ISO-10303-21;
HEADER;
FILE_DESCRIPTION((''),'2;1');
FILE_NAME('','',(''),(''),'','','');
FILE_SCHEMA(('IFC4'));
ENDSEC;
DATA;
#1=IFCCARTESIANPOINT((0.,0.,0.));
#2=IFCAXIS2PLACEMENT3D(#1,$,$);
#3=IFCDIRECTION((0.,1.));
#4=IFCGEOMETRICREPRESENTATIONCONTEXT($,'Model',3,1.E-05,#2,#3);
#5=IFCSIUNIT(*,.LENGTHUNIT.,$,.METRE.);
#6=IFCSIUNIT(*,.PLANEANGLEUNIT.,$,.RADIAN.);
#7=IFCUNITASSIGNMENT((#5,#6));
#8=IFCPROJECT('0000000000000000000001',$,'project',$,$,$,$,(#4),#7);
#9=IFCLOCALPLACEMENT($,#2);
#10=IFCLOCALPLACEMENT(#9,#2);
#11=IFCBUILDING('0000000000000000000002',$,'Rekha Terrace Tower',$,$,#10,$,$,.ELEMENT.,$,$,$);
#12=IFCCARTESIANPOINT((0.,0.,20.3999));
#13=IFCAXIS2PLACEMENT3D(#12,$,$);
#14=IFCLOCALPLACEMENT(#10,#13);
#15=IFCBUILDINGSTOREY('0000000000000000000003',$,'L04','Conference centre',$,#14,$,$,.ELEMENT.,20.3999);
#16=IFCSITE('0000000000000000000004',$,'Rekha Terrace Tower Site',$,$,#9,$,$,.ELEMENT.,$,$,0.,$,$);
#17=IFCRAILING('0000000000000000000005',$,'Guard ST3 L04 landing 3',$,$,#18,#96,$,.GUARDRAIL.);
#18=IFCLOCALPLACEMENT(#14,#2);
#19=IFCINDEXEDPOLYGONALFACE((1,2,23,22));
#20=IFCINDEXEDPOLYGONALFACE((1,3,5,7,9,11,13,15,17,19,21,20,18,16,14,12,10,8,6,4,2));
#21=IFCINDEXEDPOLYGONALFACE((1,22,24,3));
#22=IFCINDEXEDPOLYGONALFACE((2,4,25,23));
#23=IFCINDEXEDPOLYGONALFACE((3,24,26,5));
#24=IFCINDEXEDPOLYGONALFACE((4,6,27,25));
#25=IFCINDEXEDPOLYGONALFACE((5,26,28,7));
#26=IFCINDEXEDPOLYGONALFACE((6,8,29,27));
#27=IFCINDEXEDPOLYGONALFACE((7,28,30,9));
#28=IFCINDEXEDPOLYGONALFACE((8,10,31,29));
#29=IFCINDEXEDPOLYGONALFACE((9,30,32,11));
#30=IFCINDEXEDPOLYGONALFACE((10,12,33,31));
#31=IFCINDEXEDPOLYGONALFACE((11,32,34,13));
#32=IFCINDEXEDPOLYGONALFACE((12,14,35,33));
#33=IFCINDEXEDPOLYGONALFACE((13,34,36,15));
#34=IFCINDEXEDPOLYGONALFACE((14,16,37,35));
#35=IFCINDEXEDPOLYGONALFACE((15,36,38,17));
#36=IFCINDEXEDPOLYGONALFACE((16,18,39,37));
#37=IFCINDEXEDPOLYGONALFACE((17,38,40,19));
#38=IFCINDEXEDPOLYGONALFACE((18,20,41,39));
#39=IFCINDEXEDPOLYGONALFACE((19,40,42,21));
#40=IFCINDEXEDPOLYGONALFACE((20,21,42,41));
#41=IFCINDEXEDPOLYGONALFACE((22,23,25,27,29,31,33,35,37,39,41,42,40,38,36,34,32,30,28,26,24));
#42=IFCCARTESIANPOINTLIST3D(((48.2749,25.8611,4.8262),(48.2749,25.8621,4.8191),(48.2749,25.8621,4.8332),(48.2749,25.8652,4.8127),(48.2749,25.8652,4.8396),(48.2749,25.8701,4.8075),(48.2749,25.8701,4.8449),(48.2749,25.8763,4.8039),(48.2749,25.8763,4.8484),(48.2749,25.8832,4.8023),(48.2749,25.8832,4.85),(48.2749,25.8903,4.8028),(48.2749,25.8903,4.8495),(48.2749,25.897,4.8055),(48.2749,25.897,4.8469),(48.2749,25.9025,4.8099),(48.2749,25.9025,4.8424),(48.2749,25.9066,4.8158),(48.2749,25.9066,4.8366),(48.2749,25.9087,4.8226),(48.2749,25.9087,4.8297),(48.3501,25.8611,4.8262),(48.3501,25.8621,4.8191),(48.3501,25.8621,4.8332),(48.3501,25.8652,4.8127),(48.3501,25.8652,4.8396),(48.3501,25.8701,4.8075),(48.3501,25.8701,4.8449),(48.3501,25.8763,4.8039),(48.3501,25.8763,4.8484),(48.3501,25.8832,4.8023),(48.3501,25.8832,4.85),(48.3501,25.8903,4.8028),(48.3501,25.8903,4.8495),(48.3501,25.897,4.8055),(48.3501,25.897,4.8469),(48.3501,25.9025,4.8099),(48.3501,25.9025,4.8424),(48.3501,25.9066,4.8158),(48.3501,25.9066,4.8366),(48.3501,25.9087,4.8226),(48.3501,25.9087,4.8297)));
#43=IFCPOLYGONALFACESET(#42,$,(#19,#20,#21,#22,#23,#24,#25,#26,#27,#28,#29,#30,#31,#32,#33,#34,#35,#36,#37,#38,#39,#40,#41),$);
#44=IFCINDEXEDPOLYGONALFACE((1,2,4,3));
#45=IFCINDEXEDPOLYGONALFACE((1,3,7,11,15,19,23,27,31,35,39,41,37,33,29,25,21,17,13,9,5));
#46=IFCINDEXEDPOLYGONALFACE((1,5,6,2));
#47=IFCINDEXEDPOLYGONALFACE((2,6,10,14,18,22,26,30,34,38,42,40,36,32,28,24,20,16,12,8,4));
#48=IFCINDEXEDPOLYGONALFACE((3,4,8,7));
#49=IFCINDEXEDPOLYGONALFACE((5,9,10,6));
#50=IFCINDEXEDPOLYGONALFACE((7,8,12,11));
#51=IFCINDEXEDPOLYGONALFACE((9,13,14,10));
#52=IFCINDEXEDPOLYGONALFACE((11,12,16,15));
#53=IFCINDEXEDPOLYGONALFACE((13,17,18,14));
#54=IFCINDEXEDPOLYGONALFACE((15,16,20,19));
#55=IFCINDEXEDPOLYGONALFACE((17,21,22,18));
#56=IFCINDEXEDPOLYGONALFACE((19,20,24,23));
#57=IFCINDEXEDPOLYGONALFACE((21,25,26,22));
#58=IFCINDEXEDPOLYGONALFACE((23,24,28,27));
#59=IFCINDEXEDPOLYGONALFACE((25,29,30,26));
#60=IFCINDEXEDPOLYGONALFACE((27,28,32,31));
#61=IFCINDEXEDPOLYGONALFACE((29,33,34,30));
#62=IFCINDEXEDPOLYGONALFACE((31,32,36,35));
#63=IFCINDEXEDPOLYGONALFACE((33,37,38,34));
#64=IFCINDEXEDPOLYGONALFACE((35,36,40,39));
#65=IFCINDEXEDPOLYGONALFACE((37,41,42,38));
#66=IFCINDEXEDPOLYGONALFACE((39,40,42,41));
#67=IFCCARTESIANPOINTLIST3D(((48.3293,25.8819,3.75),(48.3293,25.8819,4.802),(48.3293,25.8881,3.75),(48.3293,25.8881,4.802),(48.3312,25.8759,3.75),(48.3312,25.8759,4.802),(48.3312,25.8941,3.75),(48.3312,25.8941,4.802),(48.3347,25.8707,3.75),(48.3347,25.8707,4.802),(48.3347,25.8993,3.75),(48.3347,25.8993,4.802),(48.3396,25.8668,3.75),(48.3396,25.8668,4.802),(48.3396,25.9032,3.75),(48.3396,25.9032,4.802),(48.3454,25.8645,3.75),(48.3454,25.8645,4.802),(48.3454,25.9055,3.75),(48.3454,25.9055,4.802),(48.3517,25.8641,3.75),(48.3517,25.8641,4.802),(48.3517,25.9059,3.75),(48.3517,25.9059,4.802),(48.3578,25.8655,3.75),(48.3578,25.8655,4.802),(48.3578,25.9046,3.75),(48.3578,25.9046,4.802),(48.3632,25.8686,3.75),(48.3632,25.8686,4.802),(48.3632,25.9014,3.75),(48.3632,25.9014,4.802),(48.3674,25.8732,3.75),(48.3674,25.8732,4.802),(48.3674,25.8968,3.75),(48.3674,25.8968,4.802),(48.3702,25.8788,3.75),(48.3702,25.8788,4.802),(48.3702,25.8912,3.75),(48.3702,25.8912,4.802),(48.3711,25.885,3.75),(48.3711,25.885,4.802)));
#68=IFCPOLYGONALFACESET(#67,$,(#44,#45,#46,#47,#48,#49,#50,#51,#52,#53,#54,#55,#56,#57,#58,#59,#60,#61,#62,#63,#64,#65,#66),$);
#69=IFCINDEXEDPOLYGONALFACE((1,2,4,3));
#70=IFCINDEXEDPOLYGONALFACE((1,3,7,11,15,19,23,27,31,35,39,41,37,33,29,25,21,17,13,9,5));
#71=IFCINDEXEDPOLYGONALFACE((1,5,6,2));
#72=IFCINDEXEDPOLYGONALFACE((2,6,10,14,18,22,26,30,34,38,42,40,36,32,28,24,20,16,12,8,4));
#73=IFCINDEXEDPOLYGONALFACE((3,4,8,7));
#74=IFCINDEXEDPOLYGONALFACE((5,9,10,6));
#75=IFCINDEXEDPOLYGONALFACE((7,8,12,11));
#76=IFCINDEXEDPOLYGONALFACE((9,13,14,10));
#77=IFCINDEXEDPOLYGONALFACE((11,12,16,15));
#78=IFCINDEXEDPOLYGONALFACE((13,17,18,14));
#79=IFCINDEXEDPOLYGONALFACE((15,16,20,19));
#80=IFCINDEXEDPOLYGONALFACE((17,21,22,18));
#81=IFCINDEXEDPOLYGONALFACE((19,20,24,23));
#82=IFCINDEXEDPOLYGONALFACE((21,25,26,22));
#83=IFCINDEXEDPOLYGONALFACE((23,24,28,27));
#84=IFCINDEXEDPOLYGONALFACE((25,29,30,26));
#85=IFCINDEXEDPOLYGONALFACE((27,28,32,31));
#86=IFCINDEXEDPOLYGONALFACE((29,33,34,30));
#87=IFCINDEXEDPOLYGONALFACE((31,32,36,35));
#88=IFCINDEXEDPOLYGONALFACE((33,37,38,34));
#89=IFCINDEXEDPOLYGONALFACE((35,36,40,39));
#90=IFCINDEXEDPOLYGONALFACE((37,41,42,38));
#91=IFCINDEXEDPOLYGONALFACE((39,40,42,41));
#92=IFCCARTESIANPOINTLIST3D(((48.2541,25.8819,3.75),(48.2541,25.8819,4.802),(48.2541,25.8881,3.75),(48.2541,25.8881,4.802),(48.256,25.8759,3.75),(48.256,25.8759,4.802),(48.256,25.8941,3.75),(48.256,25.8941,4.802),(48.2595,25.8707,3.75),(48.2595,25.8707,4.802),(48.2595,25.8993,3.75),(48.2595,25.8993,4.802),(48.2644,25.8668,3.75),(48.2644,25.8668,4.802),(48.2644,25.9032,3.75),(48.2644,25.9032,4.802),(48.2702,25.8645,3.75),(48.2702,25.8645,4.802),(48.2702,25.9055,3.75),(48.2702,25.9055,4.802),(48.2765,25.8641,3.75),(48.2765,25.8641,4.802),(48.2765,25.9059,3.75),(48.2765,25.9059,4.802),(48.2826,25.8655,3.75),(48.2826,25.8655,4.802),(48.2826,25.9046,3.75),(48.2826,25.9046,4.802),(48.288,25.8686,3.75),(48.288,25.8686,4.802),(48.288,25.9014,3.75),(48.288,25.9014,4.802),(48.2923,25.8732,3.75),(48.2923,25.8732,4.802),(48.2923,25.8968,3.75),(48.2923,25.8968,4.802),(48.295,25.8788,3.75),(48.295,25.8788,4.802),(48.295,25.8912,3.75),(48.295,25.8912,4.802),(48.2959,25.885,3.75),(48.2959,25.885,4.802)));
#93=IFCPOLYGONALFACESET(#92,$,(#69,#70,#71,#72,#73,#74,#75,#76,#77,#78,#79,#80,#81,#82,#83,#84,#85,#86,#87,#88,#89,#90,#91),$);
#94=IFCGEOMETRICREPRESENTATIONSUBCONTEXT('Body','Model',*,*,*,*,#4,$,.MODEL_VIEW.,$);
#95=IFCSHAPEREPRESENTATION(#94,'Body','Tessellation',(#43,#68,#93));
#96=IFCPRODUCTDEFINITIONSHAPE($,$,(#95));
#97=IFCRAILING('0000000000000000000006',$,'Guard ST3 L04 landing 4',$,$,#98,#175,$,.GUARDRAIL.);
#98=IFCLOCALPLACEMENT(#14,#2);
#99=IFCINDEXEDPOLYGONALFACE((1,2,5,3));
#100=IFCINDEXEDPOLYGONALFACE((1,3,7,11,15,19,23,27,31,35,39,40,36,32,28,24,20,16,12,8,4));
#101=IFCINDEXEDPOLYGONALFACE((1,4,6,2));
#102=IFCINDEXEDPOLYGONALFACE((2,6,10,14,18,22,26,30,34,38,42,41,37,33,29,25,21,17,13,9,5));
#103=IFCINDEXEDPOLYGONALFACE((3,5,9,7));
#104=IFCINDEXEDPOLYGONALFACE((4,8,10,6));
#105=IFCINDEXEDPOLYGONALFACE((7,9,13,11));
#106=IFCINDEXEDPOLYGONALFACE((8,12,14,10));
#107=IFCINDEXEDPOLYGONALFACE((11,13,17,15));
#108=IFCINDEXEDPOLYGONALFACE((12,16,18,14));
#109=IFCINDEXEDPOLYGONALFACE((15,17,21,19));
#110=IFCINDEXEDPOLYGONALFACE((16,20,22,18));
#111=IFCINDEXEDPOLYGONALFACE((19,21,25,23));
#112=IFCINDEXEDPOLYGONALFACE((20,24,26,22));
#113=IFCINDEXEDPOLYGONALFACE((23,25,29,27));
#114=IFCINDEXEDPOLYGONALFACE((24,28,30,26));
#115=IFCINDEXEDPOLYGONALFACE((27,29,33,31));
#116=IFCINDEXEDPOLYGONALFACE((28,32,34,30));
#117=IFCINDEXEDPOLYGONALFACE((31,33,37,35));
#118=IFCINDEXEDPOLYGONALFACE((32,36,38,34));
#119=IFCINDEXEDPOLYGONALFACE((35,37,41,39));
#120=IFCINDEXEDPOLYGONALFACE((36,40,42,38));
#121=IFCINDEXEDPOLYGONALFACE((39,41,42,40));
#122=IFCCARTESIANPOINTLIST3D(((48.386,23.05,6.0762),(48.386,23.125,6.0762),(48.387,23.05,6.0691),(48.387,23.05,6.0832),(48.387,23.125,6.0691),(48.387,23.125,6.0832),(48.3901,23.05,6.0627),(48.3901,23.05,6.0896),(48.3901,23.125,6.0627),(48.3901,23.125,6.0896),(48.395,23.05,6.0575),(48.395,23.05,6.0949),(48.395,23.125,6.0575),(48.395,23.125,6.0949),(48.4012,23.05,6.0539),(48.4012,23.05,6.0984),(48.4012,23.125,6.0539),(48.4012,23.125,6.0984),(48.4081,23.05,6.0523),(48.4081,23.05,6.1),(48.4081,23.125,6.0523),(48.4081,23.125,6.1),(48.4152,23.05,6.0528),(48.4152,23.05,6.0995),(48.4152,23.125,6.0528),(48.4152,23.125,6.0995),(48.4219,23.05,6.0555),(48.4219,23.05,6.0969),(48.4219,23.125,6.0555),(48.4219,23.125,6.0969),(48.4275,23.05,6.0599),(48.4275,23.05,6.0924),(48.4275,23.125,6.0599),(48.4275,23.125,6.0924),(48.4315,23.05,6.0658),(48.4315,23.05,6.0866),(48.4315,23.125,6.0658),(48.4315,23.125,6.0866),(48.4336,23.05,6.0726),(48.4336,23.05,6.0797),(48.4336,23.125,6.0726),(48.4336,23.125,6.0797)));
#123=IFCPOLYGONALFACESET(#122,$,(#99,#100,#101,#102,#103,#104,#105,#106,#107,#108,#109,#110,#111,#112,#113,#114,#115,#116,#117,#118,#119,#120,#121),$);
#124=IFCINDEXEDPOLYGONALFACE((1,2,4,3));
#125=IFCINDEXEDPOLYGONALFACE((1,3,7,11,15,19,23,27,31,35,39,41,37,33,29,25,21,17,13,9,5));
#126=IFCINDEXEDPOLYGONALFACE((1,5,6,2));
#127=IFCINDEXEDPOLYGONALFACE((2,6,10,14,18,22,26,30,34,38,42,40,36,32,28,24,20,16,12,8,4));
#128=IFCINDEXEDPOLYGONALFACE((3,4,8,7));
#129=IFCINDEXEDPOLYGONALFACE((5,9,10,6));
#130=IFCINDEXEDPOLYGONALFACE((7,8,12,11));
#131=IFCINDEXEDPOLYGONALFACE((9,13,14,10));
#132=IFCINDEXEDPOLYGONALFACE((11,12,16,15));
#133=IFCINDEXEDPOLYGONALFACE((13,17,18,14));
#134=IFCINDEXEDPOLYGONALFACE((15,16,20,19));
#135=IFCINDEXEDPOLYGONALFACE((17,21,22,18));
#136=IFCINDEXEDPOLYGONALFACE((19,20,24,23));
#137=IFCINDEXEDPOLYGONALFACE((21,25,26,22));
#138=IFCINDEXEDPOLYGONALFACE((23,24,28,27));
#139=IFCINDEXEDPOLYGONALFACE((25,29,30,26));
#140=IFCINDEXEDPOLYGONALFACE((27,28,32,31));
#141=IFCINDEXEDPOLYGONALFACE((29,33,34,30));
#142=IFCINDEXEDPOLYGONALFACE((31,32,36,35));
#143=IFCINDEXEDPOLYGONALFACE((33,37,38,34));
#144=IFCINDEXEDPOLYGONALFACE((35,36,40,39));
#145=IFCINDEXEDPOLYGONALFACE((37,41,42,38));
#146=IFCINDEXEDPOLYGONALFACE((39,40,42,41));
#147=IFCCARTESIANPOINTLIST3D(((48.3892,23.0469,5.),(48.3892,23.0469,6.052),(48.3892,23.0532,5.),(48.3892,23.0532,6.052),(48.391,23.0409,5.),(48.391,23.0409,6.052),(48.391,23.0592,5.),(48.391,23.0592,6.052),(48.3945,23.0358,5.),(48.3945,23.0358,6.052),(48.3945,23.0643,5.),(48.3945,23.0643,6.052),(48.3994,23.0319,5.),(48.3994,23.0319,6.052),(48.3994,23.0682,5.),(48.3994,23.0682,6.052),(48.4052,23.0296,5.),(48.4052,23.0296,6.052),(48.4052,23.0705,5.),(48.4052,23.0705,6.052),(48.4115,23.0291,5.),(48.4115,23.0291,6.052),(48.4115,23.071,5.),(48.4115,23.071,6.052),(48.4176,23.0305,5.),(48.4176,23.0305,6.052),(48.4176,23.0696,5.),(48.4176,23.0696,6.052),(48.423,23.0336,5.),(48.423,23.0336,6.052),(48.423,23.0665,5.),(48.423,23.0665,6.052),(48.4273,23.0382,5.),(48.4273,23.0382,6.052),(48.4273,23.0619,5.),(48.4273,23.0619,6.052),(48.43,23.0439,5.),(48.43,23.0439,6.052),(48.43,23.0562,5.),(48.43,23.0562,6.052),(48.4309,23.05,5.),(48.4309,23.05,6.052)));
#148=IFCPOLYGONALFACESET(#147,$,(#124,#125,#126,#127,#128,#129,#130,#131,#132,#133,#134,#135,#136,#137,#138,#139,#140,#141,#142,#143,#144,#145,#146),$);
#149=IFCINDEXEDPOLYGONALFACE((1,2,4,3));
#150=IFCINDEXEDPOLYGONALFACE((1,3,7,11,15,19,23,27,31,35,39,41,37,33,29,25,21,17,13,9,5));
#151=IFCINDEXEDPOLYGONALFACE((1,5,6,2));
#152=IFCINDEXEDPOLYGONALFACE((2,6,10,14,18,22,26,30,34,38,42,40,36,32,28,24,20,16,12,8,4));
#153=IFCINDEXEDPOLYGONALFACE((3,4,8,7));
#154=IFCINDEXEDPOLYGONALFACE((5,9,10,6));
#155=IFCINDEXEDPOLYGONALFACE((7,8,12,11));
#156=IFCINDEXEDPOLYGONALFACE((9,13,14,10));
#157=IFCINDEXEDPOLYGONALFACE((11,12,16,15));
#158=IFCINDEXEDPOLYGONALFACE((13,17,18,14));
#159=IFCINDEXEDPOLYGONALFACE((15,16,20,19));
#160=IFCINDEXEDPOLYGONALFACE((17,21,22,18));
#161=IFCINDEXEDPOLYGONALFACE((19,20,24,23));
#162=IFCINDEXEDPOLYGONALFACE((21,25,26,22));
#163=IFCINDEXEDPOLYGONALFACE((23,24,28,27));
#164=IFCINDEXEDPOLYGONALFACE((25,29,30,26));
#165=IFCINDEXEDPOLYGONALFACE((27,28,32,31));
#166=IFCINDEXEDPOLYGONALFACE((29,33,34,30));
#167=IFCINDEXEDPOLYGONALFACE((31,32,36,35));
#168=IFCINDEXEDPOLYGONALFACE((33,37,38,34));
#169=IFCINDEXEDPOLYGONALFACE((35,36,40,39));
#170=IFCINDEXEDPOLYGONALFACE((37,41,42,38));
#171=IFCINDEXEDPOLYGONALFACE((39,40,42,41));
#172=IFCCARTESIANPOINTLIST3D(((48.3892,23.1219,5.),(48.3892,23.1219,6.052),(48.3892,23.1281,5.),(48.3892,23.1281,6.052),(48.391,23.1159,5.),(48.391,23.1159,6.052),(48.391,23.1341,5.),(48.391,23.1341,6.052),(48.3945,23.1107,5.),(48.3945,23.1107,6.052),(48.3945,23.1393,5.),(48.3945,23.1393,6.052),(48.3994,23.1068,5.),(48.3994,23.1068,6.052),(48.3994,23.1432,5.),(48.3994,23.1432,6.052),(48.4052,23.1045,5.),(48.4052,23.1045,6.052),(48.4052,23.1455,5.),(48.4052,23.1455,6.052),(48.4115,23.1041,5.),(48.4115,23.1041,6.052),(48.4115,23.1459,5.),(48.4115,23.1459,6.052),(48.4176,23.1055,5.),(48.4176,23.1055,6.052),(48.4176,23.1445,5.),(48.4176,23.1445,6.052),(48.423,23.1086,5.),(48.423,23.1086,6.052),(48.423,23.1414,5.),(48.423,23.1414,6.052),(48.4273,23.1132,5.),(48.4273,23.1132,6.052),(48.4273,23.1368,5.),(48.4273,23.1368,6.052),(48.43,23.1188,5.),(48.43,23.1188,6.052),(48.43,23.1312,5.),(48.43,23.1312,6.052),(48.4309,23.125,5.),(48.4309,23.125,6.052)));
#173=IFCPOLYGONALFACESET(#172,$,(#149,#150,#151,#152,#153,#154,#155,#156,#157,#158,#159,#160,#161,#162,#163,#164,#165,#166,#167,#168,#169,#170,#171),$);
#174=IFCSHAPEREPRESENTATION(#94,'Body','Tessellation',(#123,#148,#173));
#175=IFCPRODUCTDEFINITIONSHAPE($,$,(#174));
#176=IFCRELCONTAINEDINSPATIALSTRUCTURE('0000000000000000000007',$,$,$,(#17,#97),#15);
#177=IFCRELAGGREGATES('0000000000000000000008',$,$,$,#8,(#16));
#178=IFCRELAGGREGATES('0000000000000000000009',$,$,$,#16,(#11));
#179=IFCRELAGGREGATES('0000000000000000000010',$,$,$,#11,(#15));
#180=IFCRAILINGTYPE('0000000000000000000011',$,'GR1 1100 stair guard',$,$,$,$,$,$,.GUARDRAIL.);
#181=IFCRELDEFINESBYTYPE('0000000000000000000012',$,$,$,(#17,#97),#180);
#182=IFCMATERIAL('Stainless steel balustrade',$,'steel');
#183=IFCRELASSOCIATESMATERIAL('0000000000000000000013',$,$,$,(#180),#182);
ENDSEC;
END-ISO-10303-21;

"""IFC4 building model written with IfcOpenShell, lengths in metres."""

from ifc_helpers import new_model, si_unit, direction, frame, origin, origin_2d, place, context, subcontext, project, spatial, circle, extrude, material, type_object, element, save


model = new_model("IFC4")

# Units and contexts
model_context = context("Model", 3, precision=1e-05, world=origin(), true_north=direction((0.0, 1.0)))
body_context = subcontext(model_context, "Body", "Model", "MODEL_VIEW")
ifc_project = project(units=[si_unit("LENGTHUNIT", "METRE"), si_unit("PLANEANGLEUNIT", "RADIAN")], contexts=[model_context])

# Site, building, storey
site_placement = place(None, origin())
site = spatial("IfcSite", under=ifc_project, at=site_placement, Name="Rekha Terrace Tower Site", CompositionType="ELEMENT", RefElevation=0.0)
building_placement = place(site_placement, origin())
building = spatial("IfcBuilding", under=site, at=building_placement, Name="Rekha Terrace Tower", CompositionType="ELEMENT")
storey_placement = place(building_placement, frame((0.0, 0.0, 20.3999)))
storey = spatial("IfcBuildingStorey", under=building, at=storey_placement, Name="L04", Description="Conference centre", CompositionType="ELEMENT", Elevation=20.3999)

# Railings
ifc_material_1 = material(Name="Stainless steel balustrade", Category="steel")
railing_type_1 = type_object("IfcRailingType", Name="GR1 1100 stair guard", PredefinedType="GUARDRAIL", material=ifc_material_1)
railing_1_placement = place(storey_placement, frame((48.3501, 25.885, 3.75)))
element("IfcRailing", 1, at=railing_1_placement, inside=storey, type_object=railing_type_1, Name="Guard ST3 L04 landing 3", PredefinedType="GUARDRAIL", context=body_context, shape_type="SweptSolid", body=[
    extrude(circle(Radius=0.0239, at=origin_2d()), frame((0.0, 0.0, 1.0762), z_axis=(-1.0, 0.0, 0.0), x_axis=(0.0, -1.0, 0.0)), (0.0, 0.0, 1.0), 0.0752),
    extrude(circle(Radius=0.021, at=origin_2d()), origin(), (0.0, 0.0, 1.0), 1.052),
    extrude(circle(Radius=0.021, at=origin_2d()), frame((-0.0752, 0.0, 0.0)), (0.0, 0.0, 1.0), 1.052),
])
railing_2_placement = place(storey_placement, frame((48.4099, 23.05, 5.0)))
element("IfcRailing", 2, at=railing_2_placement, inside=storey, type_object=railing_type_1, Name="Guard ST3 L04 landing 4", PredefinedType="GUARDRAIL", context=body_context, shape_type="SweptSolid", body=[
    extrude(circle(Radius=0.0239, at=origin_2d()), frame((0.0, 0.0, 1.0762), z_axis=(0.0, 1.0, 0.0), x_axis=(-1.0, 0.0, 0.0)), (0.0, 0.0, 1.0), 0.075),
    extrude(circle(Radius=0.021, at=origin_2d()), origin(), (0.0, 0.0, 1.0), 1.052),
    extrude(circle(Radius=0.021, at=origin_2d()), frame((0.0, 0.075, 0.0)), (0.0, 0.0, 1.0), 1.052),
])

save(model, "model.ifc")
